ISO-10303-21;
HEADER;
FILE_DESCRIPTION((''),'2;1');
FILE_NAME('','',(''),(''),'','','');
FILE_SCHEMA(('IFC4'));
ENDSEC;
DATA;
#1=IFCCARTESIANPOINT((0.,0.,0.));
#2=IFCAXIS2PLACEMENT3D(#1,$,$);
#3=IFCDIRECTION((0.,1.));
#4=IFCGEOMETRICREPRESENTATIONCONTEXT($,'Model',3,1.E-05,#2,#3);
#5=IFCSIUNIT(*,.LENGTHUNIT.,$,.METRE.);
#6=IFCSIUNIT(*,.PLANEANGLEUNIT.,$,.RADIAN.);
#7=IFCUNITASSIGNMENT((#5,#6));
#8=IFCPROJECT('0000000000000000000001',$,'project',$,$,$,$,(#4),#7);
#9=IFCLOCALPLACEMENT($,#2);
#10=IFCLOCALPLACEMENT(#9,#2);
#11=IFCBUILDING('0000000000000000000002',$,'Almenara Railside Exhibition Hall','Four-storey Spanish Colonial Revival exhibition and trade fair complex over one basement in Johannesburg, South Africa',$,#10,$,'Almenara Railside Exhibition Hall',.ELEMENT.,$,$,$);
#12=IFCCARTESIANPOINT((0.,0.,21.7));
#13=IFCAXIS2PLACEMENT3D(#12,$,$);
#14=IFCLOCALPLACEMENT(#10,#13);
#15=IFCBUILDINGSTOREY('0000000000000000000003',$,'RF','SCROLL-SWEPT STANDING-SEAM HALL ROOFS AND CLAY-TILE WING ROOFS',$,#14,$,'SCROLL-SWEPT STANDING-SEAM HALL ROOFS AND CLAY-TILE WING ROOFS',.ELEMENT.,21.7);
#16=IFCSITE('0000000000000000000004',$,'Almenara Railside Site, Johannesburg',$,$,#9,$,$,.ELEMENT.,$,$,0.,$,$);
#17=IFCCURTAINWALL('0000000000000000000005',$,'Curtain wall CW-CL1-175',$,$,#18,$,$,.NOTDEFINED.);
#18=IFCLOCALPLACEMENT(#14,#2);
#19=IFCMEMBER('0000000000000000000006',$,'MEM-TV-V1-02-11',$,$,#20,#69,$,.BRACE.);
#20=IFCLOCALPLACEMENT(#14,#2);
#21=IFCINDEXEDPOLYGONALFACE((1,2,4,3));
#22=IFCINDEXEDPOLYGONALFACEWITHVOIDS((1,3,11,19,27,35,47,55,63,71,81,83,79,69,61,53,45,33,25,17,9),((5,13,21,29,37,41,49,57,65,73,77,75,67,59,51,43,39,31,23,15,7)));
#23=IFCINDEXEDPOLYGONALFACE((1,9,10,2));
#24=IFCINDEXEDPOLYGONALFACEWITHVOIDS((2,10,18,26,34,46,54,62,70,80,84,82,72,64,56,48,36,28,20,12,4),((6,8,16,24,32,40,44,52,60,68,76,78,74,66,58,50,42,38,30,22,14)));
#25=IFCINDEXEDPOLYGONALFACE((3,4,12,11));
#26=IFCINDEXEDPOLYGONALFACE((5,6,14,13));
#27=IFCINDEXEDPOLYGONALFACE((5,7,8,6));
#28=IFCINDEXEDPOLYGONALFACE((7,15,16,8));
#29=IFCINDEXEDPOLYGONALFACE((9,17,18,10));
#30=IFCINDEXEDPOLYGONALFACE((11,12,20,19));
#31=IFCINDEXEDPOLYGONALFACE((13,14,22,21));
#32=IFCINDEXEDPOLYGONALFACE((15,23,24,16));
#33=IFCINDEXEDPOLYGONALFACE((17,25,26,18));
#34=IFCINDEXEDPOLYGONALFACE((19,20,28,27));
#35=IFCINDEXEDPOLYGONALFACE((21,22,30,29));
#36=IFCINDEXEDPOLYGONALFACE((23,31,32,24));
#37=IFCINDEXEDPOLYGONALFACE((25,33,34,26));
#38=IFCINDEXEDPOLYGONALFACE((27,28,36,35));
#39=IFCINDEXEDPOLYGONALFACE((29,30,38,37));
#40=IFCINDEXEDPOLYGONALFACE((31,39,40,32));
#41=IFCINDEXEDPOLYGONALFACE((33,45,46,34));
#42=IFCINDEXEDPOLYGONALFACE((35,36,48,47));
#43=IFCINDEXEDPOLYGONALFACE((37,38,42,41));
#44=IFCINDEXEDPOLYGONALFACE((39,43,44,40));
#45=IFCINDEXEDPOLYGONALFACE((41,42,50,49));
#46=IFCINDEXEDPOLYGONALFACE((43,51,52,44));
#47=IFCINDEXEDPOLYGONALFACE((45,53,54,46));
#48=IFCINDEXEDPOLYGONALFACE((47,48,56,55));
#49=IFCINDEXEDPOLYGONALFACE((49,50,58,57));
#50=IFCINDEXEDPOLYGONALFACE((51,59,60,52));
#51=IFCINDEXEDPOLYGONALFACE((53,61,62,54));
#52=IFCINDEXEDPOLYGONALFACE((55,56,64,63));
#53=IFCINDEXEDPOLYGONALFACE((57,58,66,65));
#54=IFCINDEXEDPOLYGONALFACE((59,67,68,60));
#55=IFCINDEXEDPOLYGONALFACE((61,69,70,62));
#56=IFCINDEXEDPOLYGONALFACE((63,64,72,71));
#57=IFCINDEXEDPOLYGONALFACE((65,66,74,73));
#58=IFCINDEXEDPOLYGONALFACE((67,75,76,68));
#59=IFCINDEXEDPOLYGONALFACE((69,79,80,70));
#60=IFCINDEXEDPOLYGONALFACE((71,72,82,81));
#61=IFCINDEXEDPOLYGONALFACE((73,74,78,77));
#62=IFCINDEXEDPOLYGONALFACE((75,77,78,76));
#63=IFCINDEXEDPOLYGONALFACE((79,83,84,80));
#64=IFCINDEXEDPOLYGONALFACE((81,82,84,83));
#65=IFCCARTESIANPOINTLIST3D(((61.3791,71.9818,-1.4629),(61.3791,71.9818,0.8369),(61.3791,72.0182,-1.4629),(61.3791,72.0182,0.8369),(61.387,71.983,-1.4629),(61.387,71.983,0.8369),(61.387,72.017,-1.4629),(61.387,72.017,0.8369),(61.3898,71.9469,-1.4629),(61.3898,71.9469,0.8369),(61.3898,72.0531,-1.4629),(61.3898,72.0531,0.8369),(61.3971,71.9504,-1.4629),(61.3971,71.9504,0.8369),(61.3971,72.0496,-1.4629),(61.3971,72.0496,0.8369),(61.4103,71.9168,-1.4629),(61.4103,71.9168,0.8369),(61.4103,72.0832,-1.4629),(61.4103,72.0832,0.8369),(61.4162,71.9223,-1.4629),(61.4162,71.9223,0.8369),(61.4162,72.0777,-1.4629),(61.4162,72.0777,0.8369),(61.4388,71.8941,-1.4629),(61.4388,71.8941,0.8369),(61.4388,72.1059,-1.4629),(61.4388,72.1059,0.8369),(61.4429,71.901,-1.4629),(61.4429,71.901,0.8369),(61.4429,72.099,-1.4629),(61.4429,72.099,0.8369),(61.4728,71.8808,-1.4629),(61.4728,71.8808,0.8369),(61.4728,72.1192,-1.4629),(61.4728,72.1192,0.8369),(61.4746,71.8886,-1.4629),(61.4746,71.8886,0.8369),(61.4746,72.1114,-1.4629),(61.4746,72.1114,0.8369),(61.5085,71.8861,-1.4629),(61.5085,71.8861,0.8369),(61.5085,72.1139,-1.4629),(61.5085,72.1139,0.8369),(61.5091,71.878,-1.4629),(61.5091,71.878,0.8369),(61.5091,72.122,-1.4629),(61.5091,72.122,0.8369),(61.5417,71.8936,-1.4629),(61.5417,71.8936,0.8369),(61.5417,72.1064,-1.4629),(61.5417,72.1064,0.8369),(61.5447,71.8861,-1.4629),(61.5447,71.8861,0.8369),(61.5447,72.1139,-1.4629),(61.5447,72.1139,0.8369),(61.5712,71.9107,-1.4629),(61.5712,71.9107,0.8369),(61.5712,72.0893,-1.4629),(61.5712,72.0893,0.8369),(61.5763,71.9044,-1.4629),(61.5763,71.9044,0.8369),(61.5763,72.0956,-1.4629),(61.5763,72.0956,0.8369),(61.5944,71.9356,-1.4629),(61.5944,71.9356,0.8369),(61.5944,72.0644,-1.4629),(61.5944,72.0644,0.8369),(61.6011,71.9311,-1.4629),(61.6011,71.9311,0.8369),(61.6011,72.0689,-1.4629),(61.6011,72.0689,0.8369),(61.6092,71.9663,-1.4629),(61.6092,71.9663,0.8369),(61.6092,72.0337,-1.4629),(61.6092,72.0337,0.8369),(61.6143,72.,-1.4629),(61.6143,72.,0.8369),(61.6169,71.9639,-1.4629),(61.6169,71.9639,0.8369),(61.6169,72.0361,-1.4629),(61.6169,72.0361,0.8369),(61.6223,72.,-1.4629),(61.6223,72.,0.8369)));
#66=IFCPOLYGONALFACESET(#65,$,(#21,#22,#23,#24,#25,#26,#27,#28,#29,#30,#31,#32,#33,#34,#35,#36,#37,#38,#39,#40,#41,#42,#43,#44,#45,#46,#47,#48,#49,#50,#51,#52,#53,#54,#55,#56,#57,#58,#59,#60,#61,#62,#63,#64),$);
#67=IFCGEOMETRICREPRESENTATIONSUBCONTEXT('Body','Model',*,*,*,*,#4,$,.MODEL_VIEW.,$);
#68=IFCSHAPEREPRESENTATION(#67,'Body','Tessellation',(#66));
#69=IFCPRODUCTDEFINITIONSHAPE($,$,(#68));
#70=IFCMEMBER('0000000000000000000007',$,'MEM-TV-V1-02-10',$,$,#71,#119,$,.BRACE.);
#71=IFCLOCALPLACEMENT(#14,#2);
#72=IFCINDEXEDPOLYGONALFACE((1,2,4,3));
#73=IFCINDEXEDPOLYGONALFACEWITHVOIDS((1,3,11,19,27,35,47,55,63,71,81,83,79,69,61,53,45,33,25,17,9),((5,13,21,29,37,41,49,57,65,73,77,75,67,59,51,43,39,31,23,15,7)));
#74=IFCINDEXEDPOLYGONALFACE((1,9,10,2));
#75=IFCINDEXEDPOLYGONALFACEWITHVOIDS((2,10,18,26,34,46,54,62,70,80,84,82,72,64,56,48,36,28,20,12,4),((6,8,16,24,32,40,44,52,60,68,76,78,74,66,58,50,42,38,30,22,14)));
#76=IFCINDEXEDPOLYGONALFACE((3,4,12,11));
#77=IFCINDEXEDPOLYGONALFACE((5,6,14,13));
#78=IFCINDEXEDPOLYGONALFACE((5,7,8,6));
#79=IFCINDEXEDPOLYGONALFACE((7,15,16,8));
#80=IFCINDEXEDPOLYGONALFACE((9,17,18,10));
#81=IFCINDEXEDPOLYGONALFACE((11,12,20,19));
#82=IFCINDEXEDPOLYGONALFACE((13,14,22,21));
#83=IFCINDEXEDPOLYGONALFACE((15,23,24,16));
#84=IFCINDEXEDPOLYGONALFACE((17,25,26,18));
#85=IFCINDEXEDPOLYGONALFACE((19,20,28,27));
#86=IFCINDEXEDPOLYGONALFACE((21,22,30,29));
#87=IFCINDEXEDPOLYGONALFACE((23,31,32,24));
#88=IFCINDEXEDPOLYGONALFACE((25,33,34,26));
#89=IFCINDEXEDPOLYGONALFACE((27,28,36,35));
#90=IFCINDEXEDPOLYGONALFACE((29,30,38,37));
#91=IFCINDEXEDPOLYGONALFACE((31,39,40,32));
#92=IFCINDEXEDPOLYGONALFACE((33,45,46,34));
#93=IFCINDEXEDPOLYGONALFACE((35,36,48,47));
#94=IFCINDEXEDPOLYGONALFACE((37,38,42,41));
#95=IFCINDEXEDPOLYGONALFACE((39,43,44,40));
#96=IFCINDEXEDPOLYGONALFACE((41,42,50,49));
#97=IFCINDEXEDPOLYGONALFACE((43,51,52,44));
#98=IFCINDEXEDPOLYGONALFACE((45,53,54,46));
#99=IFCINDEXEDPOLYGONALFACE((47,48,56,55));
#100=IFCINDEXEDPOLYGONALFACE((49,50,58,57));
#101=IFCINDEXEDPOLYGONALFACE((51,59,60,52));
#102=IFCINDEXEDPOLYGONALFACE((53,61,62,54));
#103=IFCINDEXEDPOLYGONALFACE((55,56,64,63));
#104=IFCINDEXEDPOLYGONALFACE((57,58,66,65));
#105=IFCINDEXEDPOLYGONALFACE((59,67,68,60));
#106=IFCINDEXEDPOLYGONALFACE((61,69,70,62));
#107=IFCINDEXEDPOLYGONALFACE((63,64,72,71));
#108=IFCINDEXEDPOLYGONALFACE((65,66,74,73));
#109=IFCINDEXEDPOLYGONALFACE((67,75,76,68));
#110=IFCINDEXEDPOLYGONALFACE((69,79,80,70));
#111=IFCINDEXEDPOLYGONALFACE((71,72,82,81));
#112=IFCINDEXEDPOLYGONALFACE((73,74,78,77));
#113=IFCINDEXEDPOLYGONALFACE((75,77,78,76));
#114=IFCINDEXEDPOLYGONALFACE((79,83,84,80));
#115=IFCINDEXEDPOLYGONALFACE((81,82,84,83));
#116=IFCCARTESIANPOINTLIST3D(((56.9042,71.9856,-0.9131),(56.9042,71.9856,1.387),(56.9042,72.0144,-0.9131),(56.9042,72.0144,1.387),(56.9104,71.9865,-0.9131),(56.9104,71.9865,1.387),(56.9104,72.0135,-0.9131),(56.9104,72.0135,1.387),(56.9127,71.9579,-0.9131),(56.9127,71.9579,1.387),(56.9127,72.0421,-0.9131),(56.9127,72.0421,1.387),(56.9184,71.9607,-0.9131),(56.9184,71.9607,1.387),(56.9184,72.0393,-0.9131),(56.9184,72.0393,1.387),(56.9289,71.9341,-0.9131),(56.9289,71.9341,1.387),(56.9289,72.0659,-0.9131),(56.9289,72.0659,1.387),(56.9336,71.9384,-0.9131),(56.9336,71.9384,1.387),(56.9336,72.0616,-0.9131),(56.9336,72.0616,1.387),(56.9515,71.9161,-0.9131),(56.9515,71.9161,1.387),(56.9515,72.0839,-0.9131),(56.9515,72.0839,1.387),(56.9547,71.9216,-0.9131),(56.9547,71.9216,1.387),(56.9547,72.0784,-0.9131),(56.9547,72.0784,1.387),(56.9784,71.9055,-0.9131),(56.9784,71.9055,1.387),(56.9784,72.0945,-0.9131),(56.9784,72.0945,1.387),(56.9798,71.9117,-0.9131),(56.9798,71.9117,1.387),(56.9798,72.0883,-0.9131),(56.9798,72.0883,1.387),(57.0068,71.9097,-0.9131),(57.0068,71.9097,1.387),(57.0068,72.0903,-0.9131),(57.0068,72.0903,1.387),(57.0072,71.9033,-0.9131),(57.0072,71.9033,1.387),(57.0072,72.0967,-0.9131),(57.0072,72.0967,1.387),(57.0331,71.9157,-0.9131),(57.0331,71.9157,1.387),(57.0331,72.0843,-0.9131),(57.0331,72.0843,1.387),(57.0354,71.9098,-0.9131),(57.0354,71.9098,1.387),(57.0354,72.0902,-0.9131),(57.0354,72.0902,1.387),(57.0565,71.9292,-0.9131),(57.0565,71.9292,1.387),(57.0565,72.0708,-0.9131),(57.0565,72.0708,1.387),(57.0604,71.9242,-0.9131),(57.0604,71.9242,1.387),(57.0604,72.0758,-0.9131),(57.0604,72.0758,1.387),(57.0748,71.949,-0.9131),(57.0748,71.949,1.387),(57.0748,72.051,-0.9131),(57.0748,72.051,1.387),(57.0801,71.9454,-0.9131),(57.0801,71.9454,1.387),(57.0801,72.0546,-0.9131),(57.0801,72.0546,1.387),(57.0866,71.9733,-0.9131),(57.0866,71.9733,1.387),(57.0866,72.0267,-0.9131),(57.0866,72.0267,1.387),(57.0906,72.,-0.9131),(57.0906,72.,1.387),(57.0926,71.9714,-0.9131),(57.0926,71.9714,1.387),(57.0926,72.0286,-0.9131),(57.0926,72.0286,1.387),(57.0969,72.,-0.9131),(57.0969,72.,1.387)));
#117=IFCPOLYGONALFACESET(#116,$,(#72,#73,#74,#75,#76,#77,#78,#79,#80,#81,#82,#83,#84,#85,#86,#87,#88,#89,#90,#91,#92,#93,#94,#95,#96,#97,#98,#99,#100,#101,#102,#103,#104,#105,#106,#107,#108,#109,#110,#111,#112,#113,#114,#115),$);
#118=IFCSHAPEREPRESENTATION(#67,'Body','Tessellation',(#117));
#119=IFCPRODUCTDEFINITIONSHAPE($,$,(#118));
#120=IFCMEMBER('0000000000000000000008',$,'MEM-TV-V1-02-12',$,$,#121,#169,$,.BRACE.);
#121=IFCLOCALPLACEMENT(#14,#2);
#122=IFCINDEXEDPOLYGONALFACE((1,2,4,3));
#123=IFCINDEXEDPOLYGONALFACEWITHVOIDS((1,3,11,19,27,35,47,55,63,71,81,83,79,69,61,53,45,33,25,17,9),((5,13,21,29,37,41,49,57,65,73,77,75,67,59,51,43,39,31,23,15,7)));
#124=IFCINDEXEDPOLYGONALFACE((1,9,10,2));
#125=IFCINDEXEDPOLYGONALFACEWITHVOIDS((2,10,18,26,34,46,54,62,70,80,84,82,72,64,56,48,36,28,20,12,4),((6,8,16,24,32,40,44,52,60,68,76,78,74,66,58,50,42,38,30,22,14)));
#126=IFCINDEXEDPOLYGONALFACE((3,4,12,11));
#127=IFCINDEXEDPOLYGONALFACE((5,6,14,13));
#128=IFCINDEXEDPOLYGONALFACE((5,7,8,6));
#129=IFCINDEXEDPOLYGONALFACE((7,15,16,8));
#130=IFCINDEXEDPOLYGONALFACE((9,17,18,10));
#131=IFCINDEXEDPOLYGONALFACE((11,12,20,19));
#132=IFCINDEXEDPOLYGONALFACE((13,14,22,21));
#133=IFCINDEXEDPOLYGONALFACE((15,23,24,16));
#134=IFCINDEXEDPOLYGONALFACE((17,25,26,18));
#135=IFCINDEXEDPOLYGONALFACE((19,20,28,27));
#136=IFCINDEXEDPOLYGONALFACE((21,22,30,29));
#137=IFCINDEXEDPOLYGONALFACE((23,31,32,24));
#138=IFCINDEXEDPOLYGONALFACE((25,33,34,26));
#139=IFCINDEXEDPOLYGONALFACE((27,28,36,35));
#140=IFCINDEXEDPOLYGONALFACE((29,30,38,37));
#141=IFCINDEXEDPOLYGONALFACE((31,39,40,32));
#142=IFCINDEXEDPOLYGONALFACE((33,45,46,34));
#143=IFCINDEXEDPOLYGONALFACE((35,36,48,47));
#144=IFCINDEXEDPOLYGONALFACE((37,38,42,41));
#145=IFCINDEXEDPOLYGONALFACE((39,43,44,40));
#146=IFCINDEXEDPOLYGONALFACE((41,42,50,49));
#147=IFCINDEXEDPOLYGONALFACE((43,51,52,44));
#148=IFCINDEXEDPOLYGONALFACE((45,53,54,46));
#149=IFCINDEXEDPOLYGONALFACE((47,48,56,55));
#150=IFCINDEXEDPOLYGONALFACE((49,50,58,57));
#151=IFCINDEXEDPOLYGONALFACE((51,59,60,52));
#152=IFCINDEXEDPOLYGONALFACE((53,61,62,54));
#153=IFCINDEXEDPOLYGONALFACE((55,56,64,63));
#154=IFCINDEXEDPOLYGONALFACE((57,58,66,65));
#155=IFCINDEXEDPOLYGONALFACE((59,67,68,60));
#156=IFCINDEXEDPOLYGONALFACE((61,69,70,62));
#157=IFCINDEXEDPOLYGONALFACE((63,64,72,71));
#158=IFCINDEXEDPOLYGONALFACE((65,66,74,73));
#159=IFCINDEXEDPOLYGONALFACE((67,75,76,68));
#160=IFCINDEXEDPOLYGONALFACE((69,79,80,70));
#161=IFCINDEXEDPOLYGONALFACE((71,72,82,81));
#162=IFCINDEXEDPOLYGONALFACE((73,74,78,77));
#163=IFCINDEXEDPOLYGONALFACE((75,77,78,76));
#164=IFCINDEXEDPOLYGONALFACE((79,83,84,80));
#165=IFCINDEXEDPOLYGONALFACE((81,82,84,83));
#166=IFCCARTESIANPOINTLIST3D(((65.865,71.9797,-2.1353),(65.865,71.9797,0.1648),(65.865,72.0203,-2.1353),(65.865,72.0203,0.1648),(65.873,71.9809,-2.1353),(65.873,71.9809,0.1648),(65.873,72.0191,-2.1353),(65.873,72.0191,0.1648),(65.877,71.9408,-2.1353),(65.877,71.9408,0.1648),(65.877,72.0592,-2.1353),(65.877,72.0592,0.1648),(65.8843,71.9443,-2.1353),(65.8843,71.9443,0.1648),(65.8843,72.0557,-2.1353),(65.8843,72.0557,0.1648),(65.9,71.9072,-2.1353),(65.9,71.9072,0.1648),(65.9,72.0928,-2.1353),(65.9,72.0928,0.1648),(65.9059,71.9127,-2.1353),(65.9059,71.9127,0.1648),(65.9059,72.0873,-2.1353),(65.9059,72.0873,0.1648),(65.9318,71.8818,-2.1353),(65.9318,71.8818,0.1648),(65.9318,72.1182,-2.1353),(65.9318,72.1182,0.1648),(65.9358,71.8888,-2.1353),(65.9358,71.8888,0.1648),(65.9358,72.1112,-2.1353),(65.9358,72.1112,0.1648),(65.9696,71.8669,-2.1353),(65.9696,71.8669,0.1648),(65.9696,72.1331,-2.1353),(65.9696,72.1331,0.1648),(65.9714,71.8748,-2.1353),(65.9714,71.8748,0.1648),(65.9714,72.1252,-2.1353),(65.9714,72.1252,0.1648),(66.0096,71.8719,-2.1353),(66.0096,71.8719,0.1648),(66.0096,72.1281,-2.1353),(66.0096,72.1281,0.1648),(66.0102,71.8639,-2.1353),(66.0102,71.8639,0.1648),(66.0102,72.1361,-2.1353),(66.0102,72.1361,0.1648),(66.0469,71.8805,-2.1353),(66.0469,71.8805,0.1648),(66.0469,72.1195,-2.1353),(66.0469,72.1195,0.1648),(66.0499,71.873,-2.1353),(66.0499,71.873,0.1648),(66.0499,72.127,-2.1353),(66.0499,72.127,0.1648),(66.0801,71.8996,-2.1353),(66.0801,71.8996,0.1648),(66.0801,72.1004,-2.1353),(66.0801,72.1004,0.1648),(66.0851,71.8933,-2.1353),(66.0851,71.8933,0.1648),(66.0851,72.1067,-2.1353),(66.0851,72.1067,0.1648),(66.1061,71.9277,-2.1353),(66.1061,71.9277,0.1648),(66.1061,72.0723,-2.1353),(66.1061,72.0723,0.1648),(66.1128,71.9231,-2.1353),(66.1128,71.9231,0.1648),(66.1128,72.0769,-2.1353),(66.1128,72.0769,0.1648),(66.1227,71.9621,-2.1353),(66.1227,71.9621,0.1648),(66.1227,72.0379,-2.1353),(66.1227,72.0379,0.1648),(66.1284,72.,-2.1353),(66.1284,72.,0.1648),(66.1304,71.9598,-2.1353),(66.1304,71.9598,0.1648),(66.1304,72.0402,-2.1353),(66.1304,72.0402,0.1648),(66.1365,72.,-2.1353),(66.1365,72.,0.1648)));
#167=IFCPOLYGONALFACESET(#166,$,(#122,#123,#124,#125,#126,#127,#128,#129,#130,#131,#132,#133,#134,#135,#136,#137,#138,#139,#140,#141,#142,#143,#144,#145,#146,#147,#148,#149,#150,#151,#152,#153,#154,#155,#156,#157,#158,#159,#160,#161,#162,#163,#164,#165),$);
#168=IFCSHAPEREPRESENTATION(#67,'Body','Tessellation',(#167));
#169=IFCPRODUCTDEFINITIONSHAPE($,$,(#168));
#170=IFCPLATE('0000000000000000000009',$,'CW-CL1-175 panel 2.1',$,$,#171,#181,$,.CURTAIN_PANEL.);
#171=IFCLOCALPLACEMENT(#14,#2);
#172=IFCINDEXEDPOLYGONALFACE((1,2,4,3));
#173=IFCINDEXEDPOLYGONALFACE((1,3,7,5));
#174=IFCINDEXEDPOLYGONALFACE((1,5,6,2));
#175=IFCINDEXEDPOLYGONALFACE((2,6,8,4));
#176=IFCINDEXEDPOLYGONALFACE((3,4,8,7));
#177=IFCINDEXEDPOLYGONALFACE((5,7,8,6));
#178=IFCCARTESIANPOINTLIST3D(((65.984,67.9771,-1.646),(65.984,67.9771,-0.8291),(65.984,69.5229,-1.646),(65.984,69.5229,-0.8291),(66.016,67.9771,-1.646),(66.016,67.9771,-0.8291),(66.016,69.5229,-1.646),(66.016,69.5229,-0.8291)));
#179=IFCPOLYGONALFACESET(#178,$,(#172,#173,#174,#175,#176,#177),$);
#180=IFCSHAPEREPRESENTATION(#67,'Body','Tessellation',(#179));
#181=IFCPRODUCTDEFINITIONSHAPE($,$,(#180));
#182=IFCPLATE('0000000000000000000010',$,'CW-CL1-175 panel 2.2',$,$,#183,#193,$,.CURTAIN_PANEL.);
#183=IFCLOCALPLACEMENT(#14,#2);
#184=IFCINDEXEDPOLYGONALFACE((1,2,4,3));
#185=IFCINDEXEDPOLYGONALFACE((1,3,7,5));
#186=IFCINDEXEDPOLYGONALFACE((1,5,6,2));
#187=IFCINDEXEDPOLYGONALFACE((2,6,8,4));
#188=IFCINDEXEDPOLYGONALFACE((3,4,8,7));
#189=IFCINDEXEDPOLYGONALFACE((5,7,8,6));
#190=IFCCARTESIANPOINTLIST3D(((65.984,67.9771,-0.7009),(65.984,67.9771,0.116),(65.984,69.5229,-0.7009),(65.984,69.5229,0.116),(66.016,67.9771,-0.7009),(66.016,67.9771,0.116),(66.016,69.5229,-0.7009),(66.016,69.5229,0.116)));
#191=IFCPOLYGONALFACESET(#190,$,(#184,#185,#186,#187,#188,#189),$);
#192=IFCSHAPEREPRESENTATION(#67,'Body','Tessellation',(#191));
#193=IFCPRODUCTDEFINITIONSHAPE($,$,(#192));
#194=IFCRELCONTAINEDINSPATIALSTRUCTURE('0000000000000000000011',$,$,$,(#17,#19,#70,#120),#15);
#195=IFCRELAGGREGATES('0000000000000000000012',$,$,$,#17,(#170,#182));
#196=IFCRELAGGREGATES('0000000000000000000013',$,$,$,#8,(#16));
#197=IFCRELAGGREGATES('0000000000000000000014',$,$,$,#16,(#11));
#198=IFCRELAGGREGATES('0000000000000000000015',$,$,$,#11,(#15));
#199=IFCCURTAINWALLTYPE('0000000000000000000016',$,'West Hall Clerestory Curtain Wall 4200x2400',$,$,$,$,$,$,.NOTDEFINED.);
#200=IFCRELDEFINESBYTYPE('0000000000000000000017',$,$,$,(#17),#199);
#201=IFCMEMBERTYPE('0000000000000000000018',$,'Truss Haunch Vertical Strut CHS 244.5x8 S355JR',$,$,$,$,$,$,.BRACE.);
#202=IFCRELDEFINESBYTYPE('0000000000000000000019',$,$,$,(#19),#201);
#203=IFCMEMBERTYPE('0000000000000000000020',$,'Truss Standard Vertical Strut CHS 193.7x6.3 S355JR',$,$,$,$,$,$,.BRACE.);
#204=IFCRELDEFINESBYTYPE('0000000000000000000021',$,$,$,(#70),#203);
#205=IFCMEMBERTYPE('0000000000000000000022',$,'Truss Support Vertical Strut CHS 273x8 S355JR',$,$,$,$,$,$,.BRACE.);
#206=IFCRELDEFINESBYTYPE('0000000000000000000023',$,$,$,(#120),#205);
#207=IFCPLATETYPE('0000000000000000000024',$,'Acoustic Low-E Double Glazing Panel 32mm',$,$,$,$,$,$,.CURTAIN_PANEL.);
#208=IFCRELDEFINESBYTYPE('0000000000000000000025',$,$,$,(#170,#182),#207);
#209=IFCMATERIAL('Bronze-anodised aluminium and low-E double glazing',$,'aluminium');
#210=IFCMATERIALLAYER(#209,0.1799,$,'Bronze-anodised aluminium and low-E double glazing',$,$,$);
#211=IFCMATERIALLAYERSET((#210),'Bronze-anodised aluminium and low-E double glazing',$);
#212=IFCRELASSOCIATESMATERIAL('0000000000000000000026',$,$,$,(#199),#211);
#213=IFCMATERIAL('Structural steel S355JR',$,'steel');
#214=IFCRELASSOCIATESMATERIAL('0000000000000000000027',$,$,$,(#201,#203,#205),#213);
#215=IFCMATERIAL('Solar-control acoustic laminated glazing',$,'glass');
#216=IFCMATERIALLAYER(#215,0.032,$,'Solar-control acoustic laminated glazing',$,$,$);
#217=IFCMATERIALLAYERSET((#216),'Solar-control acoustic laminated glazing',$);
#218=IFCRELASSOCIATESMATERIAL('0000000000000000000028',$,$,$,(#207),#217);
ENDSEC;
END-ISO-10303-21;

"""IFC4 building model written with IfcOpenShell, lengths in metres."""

from ifc_helpers import new_model, si_unit, direction, frame, origin, origin_2d, place, context, subcontext, project, spatial, rectangle, hollow_circle, extrude, material, layer, layer_set, material_profile, profile_set, type_object, element, aggregate, save


model = new_model("IFC4")

# Units and contexts
model_context = context("Model", 3, precision=1e-05, world=origin(), true_north=direction((0.0, 1.0)))
body_context = subcontext(model_context, "Body", "Model", "MODEL_VIEW")
ifc_project = project(units=[si_unit("LENGTHUNIT", "METRE"), si_unit("PLANEANGLEUNIT", "RADIAN")], contexts=[model_context])

# Site, building, storey
site_placement = place(None, origin())
site = spatial("IfcSite", under=ifc_project, at=site_placement, Name="Almenara Railside Site, Johannesburg", CompositionType="ELEMENT", RefElevation=0.0)
building_placement = place(site_placement, origin())
building = spatial("IfcBuilding", under=site, at=building_placement, Name="Almenara Railside Exhibition Hall", Description="Four-storey Spanish Colonial Revival exhibition and trade fair complex over one basement in Johannesburg, South Africa", LongName="Almenara Railside Exhibition Hall", CompositionType="ELEMENT")
storey_placement = place(building_placement, frame((0.0, 0.0, 21.7)))
storey = spatial("IfcBuildingStorey", under=building, at=storey_placement, Name="RF", Description="SCROLL-SWEPT STANDING-SEAM HALL ROOFS AND CLAY-TILE WING ROOFS", LongName="SCROLL-SWEPT STANDING-SEAM HALL ROOFS AND CLAY-TILE WING ROOFS", CompositionType="ELEMENT", Elevation=21.7)

# Shared definitions
ifc_material_1 = material(Name="Structural steel S355JR", Category="steel")

# Curtain wall
ifc_material_2 = material(Name="Bronze-anodised aluminium and low-E double glazing", Category="aluminium")
ifc_layer_1 = layer(ifc_material_2, 0.1799, Name="Bronze-anodised aluminium and low-E double glazing")
ifc_layer_set_1 = layer_set([ifc_layer_1], Name="Bronze-anodised aluminium and low-E double glazing")
curtain_wall_type = type_object("IfcCurtainWallType", Name="West Hall Clerestory Curtain Wall 4200x2400", PredefinedType="NOTDEFINED", material=ifc_layer_set_1)
curtain_wall_1_placement = place(storey_placement, origin())
curtain_wall_1 = element("IfcCurtainWall", 1, at=curtain_wall_1_placement, inside=storey, type_object=curtain_wall_type, Name="Curtain wall CW-CL1-175", PredefinedType="NOTDEFINED")

# Members
ifc_material_profile_1 = material_profile(ifc_material_1, hollow_circle(Radius=0.1223, WallThickness=0.0081, at=origin_2d()), Name="CHS 244.5x8")
ifc_profile_set_1 = profile_set([ifc_material_profile_1], Name="Structural steel S355JR")
member_type_1 = type_object("IfcMemberType", Name="Truss Haunch Vertical Strut CHS 244.5x8 S355JR", PredefinedType="BRACE", material=ifc_profile_set_1)
member_1_placement = place(storey_placement, frame((61.5, 72.0, -1.4629), z_axis=(0.0, 0.0, 1.0), x_axis=(1.0, 0.0, 0.0)))
element("IfcMember", 2, at=member_1_placement, inside=storey, type_object=member_type_1, Name="MEM-TV-V1-02-11", PredefinedType="BRACE", context=body_context, shape_type="SweptSolid", body=[
    extrude(hollow_circle(Radius=0.1223, WallThickness=0.0081, at=origin_2d()), origin(), (0.0, 0.0, 1.0), 2.2998),
])
ifc_material_profile_2 = material_profile(ifc_material_1, hollow_circle(Radius=0.0969, WallThickness=0.0063, at=origin_2d()), Name="CHS 193.7x6.3")
ifc_profile_set_2 = profile_set([ifc_material_profile_2], Name="Structural steel S355JR")
member_type_2 = type_object("IfcMemberType", Name="Truss Standard Vertical Strut CHS 193.7x6.3 S355JR", PredefinedType="BRACE", material=ifc_profile_set_2)
member_2_placement = place(storey_placement, frame((57.0, 72.0, -0.9131), z_axis=(0.0, 0.0, 1.0), x_axis=(1.0, 0.0, 0.0)))
element("IfcMember", 3, at=member_2_placement, inside=storey, type_object=member_type_2, Name="MEM-TV-V1-02-10", PredefinedType="BRACE", context=body_context, shape_type="SweptSolid", body=[
    extrude(hollow_circle(Radius=0.0969, WallThickness=0.0063, at=origin_2d()), origin(), (0.0, 0.0, 1.0), 2.3),
])
ifc_material_profile_3 = material_profile(ifc_material_1, hollow_circle(Radius=0.1365, WallThickness=0.0081, at=origin_2d()), Name="CHS 273x8")
ifc_profile_set_3 = profile_set([ifc_material_profile_3], Name="Structural steel S355JR")
member_type_3 = type_object("IfcMemberType", Name="Truss Support Vertical Strut CHS 273x8 S355JR", PredefinedType="BRACE", material=ifc_profile_set_3)
member_3_placement = place(storey_placement, frame((66.0, 72.0, -2.1353), z_axis=(0.0, 0.0, 1.0), x_axis=(1.0, 0.0, 0.0)))
element("IfcMember", 4, at=member_3_placement, inside=storey, type_object=member_type_3, Name="MEM-TV-V1-02-12", PredefinedType="BRACE", context=body_context, shape_type="SweptSolid", body=[
    extrude(hollow_circle(Radius=0.1365, WallThickness=0.0081, at=origin_2d()), origin(), (0.0, 0.0, 1.0), 2.3),
])

# Plates
ifc_material_3 = material(Name="Solar-control acoustic laminated glazing", Category="glass")
ifc_layer_2 = layer(ifc_material_3, 0.032, Name="Solar-control acoustic laminated glazing")
ifc_layer_set_2 = layer_set([ifc_layer_2], Name="Solar-control acoustic laminated glazing")
plate_type_1 = type_object("IfcPlateType", Name="Acoustic Low-E Double Glazing Panel 32mm", PredefinedType="CURTAIN_PANEL", material=ifc_layer_set_2)
plate_1_placement = place(storey_placement, frame((66.0, 68.75, -1.646), z_axis=(0.0, 0.0, 1.0), x_axis=(0.0, 1.0, 0.0)))
plate_1 = element("IfcPlate", 5, at=plate_1_placement, type_object=plate_type_1, Name="CW-CL1-175 panel 2.1", PredefinedType="CURTAIN_PANEL", context=body_context, shape_type="SweptSolid", body=[
    extrude(rectangle(XDim=1.5459, YDim=0.032, at=origin_2d()), origin(), (0.0, 0.0, 1.0), 0.8169),
])
plate_2_placement = place(storey_placement, frame((66.0, 68.75, -0.7009), z_axis=(0.0, 0.0, 1.0), x_axis=(0.0, 1.0, 0.0)))
plate_2 = element("IfcPlate", 6, at=plate_2_placement, type_object=plate_type_1, Name="CW-CL1-175 panel 2.2", PredefinedType="CURTAIN_PANEL", context=body_context, shape_type="SweptSolid", body=[
    extrude(rectangle(XDim=1.5459, YDim=0.032, at=origin_2d()), origin(), (0.0, 0.0, 1.0), 0.8169),
])
aggregate(curtain_wall_1, [plate_1, plate_2])

save(model, "model.ifc")
